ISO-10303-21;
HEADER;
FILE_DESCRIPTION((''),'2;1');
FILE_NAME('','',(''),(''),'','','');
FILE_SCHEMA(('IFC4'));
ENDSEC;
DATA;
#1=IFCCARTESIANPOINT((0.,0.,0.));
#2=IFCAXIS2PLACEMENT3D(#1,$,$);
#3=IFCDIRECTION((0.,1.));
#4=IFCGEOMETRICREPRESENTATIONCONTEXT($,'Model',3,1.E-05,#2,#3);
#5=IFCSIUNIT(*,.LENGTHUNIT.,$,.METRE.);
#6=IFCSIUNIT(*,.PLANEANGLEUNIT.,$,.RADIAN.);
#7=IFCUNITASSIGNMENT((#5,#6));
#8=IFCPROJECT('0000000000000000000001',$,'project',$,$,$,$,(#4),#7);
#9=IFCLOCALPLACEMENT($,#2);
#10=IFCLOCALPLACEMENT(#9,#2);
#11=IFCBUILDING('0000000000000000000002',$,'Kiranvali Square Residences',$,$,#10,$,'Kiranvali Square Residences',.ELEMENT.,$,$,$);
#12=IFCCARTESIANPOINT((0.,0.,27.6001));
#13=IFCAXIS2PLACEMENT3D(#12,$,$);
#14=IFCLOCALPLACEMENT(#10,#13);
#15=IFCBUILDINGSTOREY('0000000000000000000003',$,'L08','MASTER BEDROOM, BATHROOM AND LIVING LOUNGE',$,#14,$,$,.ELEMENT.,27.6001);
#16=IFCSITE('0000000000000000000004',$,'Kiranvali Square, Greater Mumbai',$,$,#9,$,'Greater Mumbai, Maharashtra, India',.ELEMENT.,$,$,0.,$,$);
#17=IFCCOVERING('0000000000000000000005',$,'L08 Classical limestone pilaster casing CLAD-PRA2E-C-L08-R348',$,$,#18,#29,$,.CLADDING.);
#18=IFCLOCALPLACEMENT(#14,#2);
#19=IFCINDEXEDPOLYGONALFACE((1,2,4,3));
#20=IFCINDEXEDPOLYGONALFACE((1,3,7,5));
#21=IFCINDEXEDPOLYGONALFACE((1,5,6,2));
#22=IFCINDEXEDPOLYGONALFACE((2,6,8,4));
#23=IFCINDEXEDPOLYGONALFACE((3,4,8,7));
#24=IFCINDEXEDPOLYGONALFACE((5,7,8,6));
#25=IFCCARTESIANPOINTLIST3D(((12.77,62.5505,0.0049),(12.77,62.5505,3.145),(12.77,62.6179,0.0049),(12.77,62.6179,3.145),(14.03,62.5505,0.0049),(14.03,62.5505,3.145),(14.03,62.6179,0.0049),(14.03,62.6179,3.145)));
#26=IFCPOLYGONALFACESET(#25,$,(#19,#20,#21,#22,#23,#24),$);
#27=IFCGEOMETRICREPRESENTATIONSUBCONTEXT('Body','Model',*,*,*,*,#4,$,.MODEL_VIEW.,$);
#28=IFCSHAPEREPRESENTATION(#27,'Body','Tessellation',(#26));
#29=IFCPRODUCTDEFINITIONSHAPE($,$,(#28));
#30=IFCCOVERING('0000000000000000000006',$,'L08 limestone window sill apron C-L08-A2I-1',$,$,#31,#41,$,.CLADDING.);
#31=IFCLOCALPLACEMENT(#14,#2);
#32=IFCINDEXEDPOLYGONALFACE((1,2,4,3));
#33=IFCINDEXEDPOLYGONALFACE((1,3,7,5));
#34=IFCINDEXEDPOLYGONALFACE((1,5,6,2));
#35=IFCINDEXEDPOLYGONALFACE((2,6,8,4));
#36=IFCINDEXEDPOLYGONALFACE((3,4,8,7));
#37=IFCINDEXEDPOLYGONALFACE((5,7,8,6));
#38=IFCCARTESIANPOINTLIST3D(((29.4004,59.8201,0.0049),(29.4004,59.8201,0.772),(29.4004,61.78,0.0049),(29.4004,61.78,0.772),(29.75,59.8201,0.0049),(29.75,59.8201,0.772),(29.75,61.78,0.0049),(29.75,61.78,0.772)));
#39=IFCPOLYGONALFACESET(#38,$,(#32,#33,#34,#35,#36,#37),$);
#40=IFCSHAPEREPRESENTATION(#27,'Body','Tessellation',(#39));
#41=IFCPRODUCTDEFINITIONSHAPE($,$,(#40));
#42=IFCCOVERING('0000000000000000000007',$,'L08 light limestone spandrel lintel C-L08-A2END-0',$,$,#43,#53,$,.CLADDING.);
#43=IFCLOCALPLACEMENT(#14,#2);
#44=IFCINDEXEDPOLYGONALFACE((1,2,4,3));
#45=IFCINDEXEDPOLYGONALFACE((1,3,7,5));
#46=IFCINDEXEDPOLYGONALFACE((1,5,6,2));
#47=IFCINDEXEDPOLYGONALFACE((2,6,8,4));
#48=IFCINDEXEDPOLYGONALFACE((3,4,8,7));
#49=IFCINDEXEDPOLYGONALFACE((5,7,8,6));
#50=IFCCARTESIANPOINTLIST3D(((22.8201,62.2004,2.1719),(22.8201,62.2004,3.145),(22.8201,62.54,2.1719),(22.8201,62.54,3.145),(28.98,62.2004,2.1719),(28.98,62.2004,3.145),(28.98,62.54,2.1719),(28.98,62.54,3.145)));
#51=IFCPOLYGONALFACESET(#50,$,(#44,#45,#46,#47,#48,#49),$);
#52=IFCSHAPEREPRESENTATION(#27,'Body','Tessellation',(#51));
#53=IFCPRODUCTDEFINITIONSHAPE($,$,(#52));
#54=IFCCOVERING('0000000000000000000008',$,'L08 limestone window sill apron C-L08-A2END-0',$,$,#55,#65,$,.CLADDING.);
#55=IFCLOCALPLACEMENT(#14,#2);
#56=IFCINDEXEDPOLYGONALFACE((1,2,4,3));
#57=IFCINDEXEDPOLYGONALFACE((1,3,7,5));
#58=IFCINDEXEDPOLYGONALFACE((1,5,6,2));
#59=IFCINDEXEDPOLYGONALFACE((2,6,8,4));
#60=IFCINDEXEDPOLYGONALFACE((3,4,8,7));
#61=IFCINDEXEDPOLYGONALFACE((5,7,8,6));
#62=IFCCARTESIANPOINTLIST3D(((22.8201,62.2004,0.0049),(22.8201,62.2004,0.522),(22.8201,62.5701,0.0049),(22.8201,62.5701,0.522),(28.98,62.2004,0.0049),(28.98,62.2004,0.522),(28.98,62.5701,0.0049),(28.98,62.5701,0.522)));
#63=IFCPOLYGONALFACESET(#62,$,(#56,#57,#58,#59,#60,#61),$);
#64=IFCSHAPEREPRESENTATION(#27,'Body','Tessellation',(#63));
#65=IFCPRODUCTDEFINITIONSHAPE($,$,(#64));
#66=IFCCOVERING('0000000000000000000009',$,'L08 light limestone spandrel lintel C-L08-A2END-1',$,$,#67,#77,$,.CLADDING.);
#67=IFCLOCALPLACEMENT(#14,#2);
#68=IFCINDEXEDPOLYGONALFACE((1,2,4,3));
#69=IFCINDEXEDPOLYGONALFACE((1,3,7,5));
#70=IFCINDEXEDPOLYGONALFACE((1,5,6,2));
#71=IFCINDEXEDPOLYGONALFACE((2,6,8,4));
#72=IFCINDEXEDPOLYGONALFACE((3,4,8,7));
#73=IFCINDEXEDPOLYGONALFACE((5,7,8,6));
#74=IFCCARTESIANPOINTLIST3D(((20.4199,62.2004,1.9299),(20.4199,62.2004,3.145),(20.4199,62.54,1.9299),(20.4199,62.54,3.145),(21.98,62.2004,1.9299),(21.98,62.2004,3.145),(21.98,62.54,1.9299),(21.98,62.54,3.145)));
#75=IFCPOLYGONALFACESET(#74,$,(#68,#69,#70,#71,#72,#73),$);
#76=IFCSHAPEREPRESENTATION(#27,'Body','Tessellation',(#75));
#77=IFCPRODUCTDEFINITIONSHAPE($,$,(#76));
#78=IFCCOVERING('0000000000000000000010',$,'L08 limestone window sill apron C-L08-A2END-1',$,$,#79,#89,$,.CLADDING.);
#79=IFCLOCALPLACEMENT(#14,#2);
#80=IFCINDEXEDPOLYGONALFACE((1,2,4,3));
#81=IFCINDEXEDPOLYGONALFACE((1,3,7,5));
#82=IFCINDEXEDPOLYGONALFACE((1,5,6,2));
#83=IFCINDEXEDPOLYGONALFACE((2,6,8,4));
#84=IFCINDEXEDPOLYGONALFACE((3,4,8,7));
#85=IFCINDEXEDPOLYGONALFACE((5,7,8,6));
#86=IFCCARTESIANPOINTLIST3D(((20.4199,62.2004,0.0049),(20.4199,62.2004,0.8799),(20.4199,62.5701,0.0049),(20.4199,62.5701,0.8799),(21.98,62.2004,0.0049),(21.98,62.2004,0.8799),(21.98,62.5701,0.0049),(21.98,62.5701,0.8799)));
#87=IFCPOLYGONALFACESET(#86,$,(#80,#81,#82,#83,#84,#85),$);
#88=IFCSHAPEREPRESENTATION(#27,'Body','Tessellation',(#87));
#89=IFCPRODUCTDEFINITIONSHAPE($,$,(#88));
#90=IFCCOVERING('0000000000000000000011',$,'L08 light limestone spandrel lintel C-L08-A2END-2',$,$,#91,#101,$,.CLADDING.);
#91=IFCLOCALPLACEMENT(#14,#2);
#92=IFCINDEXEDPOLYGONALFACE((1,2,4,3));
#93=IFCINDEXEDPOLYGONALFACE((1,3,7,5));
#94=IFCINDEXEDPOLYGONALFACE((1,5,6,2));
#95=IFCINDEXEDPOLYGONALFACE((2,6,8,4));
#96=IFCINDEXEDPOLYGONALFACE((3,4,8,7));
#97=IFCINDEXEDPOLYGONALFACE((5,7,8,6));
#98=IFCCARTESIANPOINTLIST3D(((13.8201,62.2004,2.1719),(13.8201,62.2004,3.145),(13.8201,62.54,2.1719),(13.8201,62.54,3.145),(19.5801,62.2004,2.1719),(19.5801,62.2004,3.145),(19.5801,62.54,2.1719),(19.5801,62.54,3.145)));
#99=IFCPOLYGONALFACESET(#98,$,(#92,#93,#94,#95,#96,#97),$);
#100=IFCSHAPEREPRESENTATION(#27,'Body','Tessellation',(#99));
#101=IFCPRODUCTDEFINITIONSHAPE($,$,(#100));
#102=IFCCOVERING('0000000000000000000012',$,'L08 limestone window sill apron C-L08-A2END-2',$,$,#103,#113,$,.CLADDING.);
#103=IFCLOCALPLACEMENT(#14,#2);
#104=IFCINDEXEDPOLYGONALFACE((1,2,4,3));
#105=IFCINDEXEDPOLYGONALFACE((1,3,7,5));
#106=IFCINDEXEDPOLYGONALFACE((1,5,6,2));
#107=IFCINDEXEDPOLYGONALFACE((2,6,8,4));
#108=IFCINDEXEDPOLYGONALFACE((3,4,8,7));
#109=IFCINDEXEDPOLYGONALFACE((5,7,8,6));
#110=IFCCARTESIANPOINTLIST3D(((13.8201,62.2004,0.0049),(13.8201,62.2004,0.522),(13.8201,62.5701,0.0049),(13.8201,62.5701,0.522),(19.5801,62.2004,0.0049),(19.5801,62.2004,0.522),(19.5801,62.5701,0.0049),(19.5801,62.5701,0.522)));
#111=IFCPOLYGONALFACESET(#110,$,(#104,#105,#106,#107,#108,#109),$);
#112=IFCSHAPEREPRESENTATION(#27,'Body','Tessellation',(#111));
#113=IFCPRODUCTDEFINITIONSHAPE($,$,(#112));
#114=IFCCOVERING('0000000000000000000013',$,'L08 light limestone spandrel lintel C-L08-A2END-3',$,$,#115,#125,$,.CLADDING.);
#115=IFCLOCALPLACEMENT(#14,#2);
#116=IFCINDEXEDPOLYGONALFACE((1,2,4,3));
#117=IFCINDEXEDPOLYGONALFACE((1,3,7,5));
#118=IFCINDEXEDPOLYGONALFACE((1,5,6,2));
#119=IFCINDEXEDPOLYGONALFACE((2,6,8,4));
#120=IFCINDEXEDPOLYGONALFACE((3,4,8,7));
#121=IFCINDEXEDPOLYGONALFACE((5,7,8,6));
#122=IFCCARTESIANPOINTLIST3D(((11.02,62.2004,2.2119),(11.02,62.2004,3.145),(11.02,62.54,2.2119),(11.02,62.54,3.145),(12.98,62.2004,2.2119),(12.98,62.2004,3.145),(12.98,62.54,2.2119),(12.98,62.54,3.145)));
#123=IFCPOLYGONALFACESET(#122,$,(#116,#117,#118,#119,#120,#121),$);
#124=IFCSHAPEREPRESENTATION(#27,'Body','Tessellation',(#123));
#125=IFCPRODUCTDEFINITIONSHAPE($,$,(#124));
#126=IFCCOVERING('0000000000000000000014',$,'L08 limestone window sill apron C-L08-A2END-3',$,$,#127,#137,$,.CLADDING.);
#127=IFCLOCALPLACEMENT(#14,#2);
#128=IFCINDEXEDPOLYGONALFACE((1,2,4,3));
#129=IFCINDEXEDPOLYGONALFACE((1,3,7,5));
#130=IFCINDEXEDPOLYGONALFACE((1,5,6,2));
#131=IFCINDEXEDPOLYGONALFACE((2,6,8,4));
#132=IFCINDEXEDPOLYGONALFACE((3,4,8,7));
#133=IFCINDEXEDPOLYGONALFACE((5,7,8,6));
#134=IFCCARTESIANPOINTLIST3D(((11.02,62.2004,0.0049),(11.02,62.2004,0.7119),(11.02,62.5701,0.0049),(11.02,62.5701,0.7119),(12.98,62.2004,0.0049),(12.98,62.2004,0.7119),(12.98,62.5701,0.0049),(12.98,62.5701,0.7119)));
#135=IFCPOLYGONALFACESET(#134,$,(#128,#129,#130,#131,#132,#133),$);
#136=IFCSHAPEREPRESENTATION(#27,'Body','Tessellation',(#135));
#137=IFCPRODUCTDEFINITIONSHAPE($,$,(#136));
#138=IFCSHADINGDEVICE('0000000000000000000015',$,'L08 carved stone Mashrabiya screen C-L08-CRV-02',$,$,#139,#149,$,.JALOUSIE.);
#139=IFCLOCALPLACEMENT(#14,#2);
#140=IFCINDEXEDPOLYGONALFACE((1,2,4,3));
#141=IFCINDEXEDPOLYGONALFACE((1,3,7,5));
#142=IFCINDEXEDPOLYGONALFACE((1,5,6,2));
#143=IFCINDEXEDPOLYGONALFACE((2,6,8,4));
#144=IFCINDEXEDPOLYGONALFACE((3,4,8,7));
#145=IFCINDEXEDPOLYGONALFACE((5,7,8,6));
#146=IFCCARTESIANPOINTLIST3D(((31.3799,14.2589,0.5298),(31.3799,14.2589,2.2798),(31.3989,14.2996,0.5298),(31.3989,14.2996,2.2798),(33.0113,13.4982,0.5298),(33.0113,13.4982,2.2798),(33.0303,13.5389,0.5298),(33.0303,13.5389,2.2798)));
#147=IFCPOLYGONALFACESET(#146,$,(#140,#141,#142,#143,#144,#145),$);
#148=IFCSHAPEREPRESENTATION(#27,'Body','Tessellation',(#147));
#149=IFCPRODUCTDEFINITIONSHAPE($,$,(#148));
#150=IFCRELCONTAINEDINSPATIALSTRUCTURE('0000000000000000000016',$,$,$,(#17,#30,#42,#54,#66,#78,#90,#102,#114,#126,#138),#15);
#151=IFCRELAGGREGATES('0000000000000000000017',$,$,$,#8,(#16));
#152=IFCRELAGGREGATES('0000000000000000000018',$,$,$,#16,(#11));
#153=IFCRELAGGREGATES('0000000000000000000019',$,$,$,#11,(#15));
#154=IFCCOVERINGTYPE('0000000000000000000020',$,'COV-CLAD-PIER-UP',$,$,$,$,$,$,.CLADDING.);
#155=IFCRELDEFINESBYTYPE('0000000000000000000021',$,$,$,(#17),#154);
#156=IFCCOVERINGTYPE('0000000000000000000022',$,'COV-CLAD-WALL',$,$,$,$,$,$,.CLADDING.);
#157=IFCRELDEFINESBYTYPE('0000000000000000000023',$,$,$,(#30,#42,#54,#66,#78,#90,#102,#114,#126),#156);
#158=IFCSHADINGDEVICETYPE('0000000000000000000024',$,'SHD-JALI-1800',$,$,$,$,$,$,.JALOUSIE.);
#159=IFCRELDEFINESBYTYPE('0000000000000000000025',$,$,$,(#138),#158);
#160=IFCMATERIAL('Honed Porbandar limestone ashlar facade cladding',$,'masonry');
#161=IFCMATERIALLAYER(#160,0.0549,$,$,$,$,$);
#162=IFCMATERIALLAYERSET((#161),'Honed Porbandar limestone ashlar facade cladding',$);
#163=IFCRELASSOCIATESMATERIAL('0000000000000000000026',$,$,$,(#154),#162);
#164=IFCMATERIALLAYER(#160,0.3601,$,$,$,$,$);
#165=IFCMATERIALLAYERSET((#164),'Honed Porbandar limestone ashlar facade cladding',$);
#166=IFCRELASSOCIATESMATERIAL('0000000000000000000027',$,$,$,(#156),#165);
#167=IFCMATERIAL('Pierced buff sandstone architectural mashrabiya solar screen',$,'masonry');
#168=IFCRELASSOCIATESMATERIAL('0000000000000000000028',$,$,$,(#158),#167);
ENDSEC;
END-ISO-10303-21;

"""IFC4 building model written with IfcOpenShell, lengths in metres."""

from ifc_helpers import new_model, si_unit, direction, frame, origin, origin_2d, place, context, subcontext, project, spatial, polyline, rectangle, outline, extrude, material, layer, layer_set, type_object, element, save


model = new_model("IFC4")

# Units and contexts
model_context = context("Model", 3, precision=1e-05, world=origin(), true_north=direction((0.0, 1.0)))
body_context = subcontext(model_context, "Body", "Model", "MODEL_VIEW")
ifc_project = project(units=[si_unit("LENGTHUNIT", "METRE"), si_unit("PLANEANGLEUNIT", "RADIAN")], contexts=[model_context])

# Site, building, storey
site_placement = place(None, origin())
site = spatial("IfcSite", under=ifc_project, at=site_placement, Name="Kiranvali Square, Greater Mumbai", LongName="Greater Mumbai, Maharashtra, India", CompositionType="ELEMENT", RefElevation=0.0)
building_placement = place(site_placement, origin())
building = spatial("IfcBuilding", under=site, at=building_placement, Name="Kiranvali Square Residences", LongName="Kiranvali Square Residences", CompositionType="ELEMENT")
storey_placement = place(building_placement, frame((0.0, 0.0, 27.6001)))
storey = spatial("IfcBuildingStorey", under=building, at=storey_placement, Name="L08", Description="MASTER BEDROOM, BATHROOM AND LIVING LOUNGE", CompositionType="ELEMENT", Elevation=27.6001)

# Coverings
ifc_material_1 = material(Name="Honed Porbandar limestone ashlar facade cladding", Category="masonry")
ifc_layer_1 = layer(ifc_material_1, 0.0549)
ifc_layer_set_1 = layer_set([ifc_layer_1], Name="Honed Porbandar limestone ashlar facade cladding")
covering_type_1 = type_object("IfcCoveringType", Name="COV-CLAD-PIER-UP", PredefinedType="CLADDING", material=ifc_layer_set_1)
covering_1_placement = place(storey_placement, frame((0.0, 0.0, 0.0049)))
element("IfcCovering", 1, at=covering_1_placement, inside=storey, type_object=covering_type_1, Name="L08 Classical limestone pilaster casing CLAD-PRA2E-C-L08-R348", PredefinedType="CLADDING", context=body_context, shape_type="SweptSolid", body=[
    extrude(outline(polyline([(14.03, 62.6179), (12.77, 62.6179), (12.77, 62.5505), (14.03, 62.5505), (14.03, 62.6179)])), origin(), (0.0, 0.0, 1.0), 3.1401),
])
ifc_layer_2 = layer(ifc_material_1, 0.3601)
ifc_layer_set_2 = layer_set([ifc_layer_2], Name="Honed Porbandar limestone ashlar facade cladding")
covering_type_2 = type_object("IfcCoveringType", Name="COV-CLAD-WALL", PredefinedType="CLADDING", material=ifc_layer_set_2)
covering_2_placement = place(storey_placement, frame((0.0, 0.0, 0.0049)))
element("IfcCovering", 2, at=covering_2_placement, inside=storey, type_object=covering_type_2, Name="L08 limestone window sill apron C-L08-A2I-1", PredefinedType="CLADDING", context=body_context, shape_type="SweptSolid", body=[
    extrude(outline(polyline([(29.75, 59.8201), (29.75, 61.78), (29.4004, 61.78), (29.4004, 59.8201), (29.75, 59.8201)])), origin(), (0.0, 0.0, 1.0), 0.7671),
])
covering_3_placement = place(storey_placement, frame((0.0, 0.0, 2.1719)))
element("IfcCovering", 3, at=covering_3_placement, inside=storey, type_object=covering_type_2, Name="L08 light limestone spandrel lintel C-L08-A2END-0", PredefinedType="CLADDING", context=body_context, shape_type="SweptSolid", body=[
    extrude(outline(polyline([(28.98, 62.54), (22.8201, 62.54), (22.8201, 62.2004), (28.98, 62.2004), (28.98, 62.54)])), origin(), (0.0, 0.0, 1.0), 0.9731),
])
covering_4_placement = place(storey_placement, frame((0.0, 0.0, 0.0049)))
element("IfcCovering", 4, at=covering_4_placement, inside=storey, type_object=covering_type_2, Name="L08 limestone window sill apron C-L08-A2END-0", PredefinedType="CLADDING", context=body_context, shape_type="SweptSolid", body=[
    extrude(outline(polyline([(28.98, 62.5701), (22.8201, 62.5701), (22.8201, 62.2004), (28.98, 62.2004), (28.98, 62.5701)])), origin(), (0.0, 0.0, 1.0), 0.5171),
])
covering_5_placement = place(storey_placement, frame((0.0, 0.0, 1.9299)))
element("IfcCovering", 5, at=covering_5_placement, inside=storey, type_object=covering_type_2, Name="L08 light limestone spandrel lintel C-L08-A2END-1", PredefinedType="CLADDING", context=body_context, shape_type="SweptSolid", body=[
    extrude(outline(polyline([(21.98, 62.54), (20.4199, 62.54), (20.4199, 62.2004), (21.98, 62.2004), (21.98, 62.54)])), origin(), (0.0, 0.0, 1.0), 1.2151),
])
covering_6_placement = place(storey_placement, frame((0.0, 0.0, 0.0049)))
element("IfcCovering", 6, at=covering_6_placement, inside=storey, type_object=covering_type_2, Name="L08 limestone window sill apron C-L08-A2END-1", PredefinedType="CLADDING", context=body_context, shape_type="SweptSolid", body=[
    extrude(outline(polyline([(21.98, 62.5701), (20.4199, 62.5701), (20.4199, 62.2004), (21.98, 62.2004), (21.98, 62.5701)])), origin(), (0.0, 0.0, 1.0), 0.875),
])
covering_7_placement = place(storey_placement, frame((0.0, 0.0, 2.1719)))
element("IfcCovering", 7, at=covering_7_placement, inside=storey, type_object=covering_type_2, Name="L08 light limestone spandrel lintel C-L08-A2END-2", PredefinedType="CLADDING", context=body_context, shape_type="SweptSolid", body=[
    extrude(outline(polyline([(19.5801, 62.54), (13.8201, 62.54), (13.8201, 62.2004), (19.5801, 62.2004), (19.5801, 62.54)])), origin(), (0.0, 0.0, 1.0), 0.9731),
])
covering_8_placement = place(storey_placement, frame((0.0, 0.0, 0.0049)))
element("IfcCovering", 8, at=covering_8_placement, inside=storey, type_object=covering_type_2, Name="L08 limestone window sill apron C-L08-A2END-2", PredefinedType="CLADDING", context=body_context, shape_type="SweptSolid", body=[
    extrude(outline(polyline([(19.5801, 62.5701), (13.8201, 62.5701), (13.8201, 62.2004), (19.5801, 62.2004), (19.5801, 62.5701)])), origin(), (0.0, 0.0, 1.0), 0.5171),
])
covering_9_placement = place(storey_placement, frame((0.0, 0.0, 2.2119)))
element("IfcCovering", 9, at=covering_9_placement, inside=storey, type_object=covering_type_2, Name="L08 light limestone spandrel lintel C-L08-A2END-3", PredefinedType="CLADDING", context=body_context, shape_type="SweptSolid", body=[
    extrude(outline(polyline([(12.98, 62.54), (11.02, 62.54), (11.02, 62.2004), (12.98, 62.2004), (12.98, 62.54)])), origin(), (0.0, 0.0, 1.0), 0.9331),
])
covering_10_placement = place(storey_placement, frame((0.0, 0.0, 0.0049)))
element("IfcCovering", 10, at=covering_10_placement, inside=storey, type_object=covering_type_2, Name="L08 limestone window sill apron C-L08-A2END-3", PredefinedType="CLADDING", context=body_context, shape_type="SweptSolid", body=[
    extrude(outline(polyline([(12.98, 62.5701), (11.02, 62.5701), (11.02, 62.2004), (12.98, 62.2004), (12.98, 62.5701)])), origin(), (0.0, 0.0, 1.0), 0.707),
])

# Shading device
ifc_material_2 = material(Name="Pierced buff sandstone architectural mashrabiya solar screen", Category="masonry")
shading_device_type = type_object("IfcShadingDeviceType", Name="SHD-JALI-1800", PredefinedType="JALOUSIE", material=ifc_material_2)
shading_device_placement = place(storey_placement, frame((32.2051, 13.8989, 0.5298), z_axis=(0.0, 0.0, 1.0), x_axis=(-0.906308, 0.422618, 0.0)))
element("IfcShadingDevice", 11, at=shading_device_placement, inside=storey, type_object=shading_device_type, Name="L08 carved stone Mashrabiya screen C-L08-CRV-02", PredefinedType="JALOUSIE", context=body_context, shape_type="SweptSolid", body=[
    extrude(rectangle(XDim=1.8, YDim=0.0449, at=origin_2d()), origin(), (0.0, 0.0, 1.0), 1.75),
])

save(model, "model.ifc")
